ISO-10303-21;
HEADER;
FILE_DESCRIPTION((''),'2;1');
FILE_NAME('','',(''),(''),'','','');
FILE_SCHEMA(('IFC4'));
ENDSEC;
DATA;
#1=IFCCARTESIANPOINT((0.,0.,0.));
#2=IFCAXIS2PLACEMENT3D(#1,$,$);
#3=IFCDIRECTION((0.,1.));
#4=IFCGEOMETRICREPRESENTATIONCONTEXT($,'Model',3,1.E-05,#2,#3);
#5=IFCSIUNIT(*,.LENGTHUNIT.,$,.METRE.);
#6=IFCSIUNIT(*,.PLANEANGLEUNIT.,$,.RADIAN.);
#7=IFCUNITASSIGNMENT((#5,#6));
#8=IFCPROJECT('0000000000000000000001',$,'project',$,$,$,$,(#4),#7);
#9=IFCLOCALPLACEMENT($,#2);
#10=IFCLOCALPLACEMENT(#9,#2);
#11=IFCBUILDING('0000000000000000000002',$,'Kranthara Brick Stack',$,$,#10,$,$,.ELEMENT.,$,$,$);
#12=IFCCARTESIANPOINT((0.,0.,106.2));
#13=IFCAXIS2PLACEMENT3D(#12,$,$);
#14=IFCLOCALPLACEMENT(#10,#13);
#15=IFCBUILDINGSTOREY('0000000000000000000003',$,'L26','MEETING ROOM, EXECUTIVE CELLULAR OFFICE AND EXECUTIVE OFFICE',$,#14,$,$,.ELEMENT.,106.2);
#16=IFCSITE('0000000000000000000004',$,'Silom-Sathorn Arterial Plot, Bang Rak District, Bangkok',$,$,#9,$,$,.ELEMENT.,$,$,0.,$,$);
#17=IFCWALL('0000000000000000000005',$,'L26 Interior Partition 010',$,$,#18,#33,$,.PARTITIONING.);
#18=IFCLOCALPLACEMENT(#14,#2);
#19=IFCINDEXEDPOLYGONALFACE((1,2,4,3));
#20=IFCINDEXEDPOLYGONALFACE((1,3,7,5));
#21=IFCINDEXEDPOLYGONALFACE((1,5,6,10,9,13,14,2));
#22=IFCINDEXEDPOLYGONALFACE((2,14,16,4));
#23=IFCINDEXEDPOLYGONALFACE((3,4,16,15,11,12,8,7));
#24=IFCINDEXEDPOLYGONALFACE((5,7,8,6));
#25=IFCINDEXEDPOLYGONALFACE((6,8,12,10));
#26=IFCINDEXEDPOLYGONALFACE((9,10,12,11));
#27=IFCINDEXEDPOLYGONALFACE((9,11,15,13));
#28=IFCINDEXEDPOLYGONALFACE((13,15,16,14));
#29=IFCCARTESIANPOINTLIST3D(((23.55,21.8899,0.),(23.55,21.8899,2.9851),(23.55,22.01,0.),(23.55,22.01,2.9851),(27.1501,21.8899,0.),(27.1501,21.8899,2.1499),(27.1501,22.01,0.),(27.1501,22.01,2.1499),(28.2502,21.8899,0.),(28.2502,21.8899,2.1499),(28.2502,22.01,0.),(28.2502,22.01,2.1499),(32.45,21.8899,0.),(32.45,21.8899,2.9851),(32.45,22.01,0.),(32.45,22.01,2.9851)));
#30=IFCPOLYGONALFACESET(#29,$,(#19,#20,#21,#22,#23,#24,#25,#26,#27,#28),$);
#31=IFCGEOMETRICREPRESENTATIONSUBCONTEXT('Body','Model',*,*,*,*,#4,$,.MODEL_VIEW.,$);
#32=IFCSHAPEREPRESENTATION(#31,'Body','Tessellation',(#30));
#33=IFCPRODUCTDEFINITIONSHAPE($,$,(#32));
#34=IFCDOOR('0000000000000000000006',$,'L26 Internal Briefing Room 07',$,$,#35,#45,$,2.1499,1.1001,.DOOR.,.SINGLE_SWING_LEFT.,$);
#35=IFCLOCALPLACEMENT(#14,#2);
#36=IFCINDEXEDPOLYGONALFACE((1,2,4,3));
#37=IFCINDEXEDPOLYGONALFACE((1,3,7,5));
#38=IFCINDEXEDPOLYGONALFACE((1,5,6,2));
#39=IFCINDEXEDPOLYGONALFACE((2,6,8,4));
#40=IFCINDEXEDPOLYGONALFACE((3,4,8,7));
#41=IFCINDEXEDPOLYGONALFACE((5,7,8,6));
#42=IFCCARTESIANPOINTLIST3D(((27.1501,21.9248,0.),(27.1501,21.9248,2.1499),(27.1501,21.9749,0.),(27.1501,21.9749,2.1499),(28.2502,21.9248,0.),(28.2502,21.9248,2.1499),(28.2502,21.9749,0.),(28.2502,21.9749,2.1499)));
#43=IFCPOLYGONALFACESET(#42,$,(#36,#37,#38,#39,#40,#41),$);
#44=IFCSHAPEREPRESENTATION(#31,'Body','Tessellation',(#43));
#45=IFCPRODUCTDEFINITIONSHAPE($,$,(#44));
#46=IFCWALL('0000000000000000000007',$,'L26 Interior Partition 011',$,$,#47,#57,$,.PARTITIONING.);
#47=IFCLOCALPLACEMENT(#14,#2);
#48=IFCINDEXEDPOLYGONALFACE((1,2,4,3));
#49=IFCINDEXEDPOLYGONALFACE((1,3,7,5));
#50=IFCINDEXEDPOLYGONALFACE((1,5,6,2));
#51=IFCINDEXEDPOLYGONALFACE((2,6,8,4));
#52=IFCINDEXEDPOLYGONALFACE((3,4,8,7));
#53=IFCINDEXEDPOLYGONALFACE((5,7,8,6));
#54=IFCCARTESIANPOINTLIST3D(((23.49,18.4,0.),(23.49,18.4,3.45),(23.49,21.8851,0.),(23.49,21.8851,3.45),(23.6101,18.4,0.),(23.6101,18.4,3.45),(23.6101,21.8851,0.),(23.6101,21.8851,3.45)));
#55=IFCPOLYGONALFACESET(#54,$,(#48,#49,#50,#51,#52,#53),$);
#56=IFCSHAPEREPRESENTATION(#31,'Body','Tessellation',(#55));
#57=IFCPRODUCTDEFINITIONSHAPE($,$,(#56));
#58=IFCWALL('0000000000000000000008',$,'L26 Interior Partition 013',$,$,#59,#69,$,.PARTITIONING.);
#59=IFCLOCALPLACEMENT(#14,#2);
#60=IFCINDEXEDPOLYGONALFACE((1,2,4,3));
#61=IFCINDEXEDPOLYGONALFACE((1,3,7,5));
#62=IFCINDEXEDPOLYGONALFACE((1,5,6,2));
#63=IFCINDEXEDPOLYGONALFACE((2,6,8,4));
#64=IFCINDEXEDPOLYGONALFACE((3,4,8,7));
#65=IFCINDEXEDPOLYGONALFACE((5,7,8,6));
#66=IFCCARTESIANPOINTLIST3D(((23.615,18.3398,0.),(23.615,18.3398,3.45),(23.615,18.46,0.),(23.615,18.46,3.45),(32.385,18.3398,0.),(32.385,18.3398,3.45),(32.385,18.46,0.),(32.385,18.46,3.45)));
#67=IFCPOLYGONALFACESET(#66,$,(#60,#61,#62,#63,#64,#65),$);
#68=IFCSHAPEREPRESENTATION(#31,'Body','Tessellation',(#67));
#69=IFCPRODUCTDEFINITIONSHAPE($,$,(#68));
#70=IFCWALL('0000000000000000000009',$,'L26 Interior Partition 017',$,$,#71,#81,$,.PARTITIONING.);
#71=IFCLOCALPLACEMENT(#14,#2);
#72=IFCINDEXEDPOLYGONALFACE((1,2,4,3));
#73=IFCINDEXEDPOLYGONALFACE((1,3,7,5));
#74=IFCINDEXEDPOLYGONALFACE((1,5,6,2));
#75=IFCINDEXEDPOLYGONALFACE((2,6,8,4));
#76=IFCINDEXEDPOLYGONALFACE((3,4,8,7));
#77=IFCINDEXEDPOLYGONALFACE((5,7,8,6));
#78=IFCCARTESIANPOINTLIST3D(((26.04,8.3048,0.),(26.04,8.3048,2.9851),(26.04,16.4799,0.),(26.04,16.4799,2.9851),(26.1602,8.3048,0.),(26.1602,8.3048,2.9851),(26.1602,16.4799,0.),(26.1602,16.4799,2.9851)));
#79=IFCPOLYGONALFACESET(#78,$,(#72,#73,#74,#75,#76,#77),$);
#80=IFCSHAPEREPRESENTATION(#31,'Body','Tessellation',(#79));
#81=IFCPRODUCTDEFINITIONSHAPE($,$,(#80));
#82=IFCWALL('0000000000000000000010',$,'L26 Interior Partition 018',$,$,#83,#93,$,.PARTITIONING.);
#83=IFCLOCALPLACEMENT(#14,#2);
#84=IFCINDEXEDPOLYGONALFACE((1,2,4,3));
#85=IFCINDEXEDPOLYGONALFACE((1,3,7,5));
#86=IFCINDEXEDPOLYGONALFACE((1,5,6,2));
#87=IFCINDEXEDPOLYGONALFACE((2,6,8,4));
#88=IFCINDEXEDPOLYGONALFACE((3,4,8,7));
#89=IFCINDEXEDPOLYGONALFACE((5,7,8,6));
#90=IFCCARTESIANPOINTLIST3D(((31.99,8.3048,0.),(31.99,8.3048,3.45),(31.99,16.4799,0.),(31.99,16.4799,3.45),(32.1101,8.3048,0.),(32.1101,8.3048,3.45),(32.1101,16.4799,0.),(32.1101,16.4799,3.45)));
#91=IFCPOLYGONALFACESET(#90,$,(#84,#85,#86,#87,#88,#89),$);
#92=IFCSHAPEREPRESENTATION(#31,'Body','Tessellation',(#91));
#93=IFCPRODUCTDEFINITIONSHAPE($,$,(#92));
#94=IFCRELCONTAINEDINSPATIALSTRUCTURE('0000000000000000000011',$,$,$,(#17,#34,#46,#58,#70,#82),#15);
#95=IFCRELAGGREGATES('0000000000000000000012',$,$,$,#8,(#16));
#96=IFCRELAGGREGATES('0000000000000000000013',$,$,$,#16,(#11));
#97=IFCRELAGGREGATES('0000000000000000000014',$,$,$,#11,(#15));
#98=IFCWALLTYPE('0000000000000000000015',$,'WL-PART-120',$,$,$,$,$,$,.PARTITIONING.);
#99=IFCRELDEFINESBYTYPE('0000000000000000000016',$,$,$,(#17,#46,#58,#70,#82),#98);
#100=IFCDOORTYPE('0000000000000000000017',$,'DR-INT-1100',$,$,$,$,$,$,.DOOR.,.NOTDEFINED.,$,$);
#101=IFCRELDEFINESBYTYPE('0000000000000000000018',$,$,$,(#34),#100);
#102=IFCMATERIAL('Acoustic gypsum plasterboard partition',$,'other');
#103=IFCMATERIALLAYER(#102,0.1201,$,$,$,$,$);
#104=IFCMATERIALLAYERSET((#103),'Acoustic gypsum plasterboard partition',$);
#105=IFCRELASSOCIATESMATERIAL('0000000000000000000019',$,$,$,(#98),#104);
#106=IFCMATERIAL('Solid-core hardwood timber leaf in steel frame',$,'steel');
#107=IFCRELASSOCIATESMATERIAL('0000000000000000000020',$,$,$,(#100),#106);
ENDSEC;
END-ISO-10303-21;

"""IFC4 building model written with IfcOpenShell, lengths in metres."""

from ifc_helpers import new_model, si_unit, direction, frame, frame_2d, origin, place, context, subcontext, project, spatial, rectangle, extrude, material, layer, layer_set, type_object, element, fill, save


model = new_model("IFC4")

# Units and contexts
model_context = context("Model", 3, precision=1e-05, world=origin(), true_north=direction((0.0, 1.0)))
body_context = subcontext(model_context, "Body", "Model", "MODEL_VIEW")
ifc_project = project(units=[si_unit("LENGTHUNIT", "METRE"), si_unit("PLANEANGLEUNIT", "RADIAN")], contexts=[model_context])

# Site, building, storey
site_placement = place(None, origin())
site = spatial("IfcSite", under=ifc_project, at=site_placement, Name="Silom-Sathorn Arterial Plot, Bang Rak District, Bangkok", CompositionType="ELEMENT", RefElevation=0.0)
building_placement = place(site_placement, origin())
building = spatial("IfcBuilding", under=site, at=building_placement, Name="Kranthara Brick Stack", CompositionType="ELEMENT")
storey_placement = place(building_placement, frame((0.0, 0.0, 106.2)))
storey = spatial("IfcBuildingStorey", under=building, at=storey_placement, Name="L26", Description="MEETING ROOM, EXECUTIVE CELLULAR OFFICE AND EXECUTIVE OFFICE", CompositionType="ELEMENT", Elevation=106.2)

# Shared definitions
ifc_material_1 = material(Name="Acoustic gypsum plasterboard partition", Category="other")
ifc_layer_1 = layer(ifc_material_1, 0.1201)
ifc_layer_set_1 = layer_set([ifc_layer_1], Name="Acoustic gypsum plasterboard partition")
wall_type_1 = type_object("IfcWallType", Name="WL-PART-120", PredefinedType="PARTITIONING", material=ifc_layer_set_1)

# Wall, opening, door
wall_1_placement = place(storey_placement, frame((23.55, 21.95, 0.0), z_axis=(0.0, 0.0, 1.0), x_axis=(1.0, 0.0, 0.0)))
wall_1 = element("IfcWall", 1, at=wall_1_placement, inside=storey, type_object=wall_type_1, Name="L26 Interior Partition 010", PredefinedType="PARTITIONING", context=body_context, shape_type="SweptSolid", body=[
    extrude(rectangle(XDim=8.8999, YDim=0.1201, at=frame_2d((4.45, 0.0))), origin(), (0.0, 0.0, 1.0), 2.9851),
])
opening_1_placement = place(wall_1_placement, frame((3.6001, 0.0, 0.0)))
opening_1 = element("IfcOpeningElement", 2, at=opening_1_placement, cuts=wall_1, PredefinedType="OPENING", context=body_context, shape_type="SweptSolid", body=[
    extrude(rectangle(XDim=1.1001, YDim=2.1499, at=frame_2d((0.55, 1.075))), frame((0.0, 0.0701, 0.0), z_axis=(0.0, -1.0, 0.0), x_axis=(1.0, 0.0, 0.0)), (0.0, 0.0, 1.0), 0.1401),
])
ifc_material_2 = material(Name="Solid-core hardwood timber leaf in steel frame", Category="steel")
door_type_1 = type_object("IfcDoorType", Name="DR-INT-1100", OperationType="NOTDEFINED", PredefinedType="DOOR", material=ifc_material_2)
door_1_placement = place(opening_1_placement, origin())
door_1 = element("IfcDoor", 3, at=door_1_placement, inside=storey, type_object=door_type_1, Name="L26 Internal Briefing Room 07", OperationType="SINGLE_SWING_LEFT", OverallHeight=2.1499, OverallWidth=1.1001, PredefinedType="DOOR", context=body_context, shape_type="SweptSolid", body=[
    extrude(rectangle(XDim=1.1001, YDim=2.1499, at=frame_2d((0.55, 1.075))), frame((0.0, 0.0249, 0.0), z_axis=(0.0, -1.0, 0.0), x_axis=(1.0, 0.0, 0.0)), (0.0, 0.0, 1.0), 0.05),
])
fill(opening_1, door_1)

# Walls
wall_2_placement = place(storey_placement, frame((23.55, 18.3999, 0.0), z_axis=(0.0, 0.0, 1.0), x_axis=(0.0, 1.0, 0.0)))
element("IfcWall", 4, at=wall_2_placement, inside=storey, type_object=wall_type_1, Name="L26 Interior Partition 011", PredefinedType="PARTITIONING", context=body_context, shape_type="SweptSolid", body=[
    extrude(rectangle(XDim=3.4851, YDim=0.1201, at=frame_2d((1.7427, 0.0))), origin(), (0.0, 0.0, 1.0), 3.45),
])
wall_3_placement = place(storey_placement, frame((23.615, 18.3999, 0.0), z_axis=(0.0, 0.0, 1.0), x_axis=(1.0, 0.0, 0.0)))
element("IfcWall", 5, at=wall_3_placement, inside=storey, type_object=wall_type_1, Name="L26 Interior Partition 013", PredefinedType="PARTITIONING", context=body_context, shape_type="SweptSolid", body=[
    extrude(rectangle(XDim=8.77, YDim=0.1201, at=frame_2d((4.385, 0.0))), origin(), (0.0, 0.0, 1.0), 3.45),
])
wall_4_placement = place(storey_placement, frame((26.1001, 8.3049, 0.0), z_axis=(0.0, 0.0, 1.0), x_axis=(0.0, 1.0, 0.0)))
element("IfcWall", 6, at=wall_4_placement, inside=storey, type_object=wall_type_1, Name="L26 Interior Partition 017", PredefinedType="PARTITIONING", context=body_context, shape_type="SweptSolid", body=[
    extrude(rectangle(XDim=8.175, YDim=0.1201, at=frame_2d((4.0874, 0.0))), origin(), (0.0, 0.0, 1.0), 2.9851),
])
wall_5_placement = place(storey_placement, frame((32.05, 8.3049, 0.0), z_axis=(0.0, 0.0, 1.0), x_axis=(0.0, 1.0, 0.0)))
element("IfcWall", 7, at=wall_5_placement, inside=storey, type_object=wall_type_1, Name="L26 Interior Partition 018", PredefinedType="PARTITIONING", context=body_context, shape_type="SweptSolid", body=[
    extrude(rectangle(XDim=8.175, YDim=0.1201, at=frame_2d((4.0874, 0.0))), origin(), (0.0, 0.0, 1.0), 3.45),
])

save(model, "model.ifc")
